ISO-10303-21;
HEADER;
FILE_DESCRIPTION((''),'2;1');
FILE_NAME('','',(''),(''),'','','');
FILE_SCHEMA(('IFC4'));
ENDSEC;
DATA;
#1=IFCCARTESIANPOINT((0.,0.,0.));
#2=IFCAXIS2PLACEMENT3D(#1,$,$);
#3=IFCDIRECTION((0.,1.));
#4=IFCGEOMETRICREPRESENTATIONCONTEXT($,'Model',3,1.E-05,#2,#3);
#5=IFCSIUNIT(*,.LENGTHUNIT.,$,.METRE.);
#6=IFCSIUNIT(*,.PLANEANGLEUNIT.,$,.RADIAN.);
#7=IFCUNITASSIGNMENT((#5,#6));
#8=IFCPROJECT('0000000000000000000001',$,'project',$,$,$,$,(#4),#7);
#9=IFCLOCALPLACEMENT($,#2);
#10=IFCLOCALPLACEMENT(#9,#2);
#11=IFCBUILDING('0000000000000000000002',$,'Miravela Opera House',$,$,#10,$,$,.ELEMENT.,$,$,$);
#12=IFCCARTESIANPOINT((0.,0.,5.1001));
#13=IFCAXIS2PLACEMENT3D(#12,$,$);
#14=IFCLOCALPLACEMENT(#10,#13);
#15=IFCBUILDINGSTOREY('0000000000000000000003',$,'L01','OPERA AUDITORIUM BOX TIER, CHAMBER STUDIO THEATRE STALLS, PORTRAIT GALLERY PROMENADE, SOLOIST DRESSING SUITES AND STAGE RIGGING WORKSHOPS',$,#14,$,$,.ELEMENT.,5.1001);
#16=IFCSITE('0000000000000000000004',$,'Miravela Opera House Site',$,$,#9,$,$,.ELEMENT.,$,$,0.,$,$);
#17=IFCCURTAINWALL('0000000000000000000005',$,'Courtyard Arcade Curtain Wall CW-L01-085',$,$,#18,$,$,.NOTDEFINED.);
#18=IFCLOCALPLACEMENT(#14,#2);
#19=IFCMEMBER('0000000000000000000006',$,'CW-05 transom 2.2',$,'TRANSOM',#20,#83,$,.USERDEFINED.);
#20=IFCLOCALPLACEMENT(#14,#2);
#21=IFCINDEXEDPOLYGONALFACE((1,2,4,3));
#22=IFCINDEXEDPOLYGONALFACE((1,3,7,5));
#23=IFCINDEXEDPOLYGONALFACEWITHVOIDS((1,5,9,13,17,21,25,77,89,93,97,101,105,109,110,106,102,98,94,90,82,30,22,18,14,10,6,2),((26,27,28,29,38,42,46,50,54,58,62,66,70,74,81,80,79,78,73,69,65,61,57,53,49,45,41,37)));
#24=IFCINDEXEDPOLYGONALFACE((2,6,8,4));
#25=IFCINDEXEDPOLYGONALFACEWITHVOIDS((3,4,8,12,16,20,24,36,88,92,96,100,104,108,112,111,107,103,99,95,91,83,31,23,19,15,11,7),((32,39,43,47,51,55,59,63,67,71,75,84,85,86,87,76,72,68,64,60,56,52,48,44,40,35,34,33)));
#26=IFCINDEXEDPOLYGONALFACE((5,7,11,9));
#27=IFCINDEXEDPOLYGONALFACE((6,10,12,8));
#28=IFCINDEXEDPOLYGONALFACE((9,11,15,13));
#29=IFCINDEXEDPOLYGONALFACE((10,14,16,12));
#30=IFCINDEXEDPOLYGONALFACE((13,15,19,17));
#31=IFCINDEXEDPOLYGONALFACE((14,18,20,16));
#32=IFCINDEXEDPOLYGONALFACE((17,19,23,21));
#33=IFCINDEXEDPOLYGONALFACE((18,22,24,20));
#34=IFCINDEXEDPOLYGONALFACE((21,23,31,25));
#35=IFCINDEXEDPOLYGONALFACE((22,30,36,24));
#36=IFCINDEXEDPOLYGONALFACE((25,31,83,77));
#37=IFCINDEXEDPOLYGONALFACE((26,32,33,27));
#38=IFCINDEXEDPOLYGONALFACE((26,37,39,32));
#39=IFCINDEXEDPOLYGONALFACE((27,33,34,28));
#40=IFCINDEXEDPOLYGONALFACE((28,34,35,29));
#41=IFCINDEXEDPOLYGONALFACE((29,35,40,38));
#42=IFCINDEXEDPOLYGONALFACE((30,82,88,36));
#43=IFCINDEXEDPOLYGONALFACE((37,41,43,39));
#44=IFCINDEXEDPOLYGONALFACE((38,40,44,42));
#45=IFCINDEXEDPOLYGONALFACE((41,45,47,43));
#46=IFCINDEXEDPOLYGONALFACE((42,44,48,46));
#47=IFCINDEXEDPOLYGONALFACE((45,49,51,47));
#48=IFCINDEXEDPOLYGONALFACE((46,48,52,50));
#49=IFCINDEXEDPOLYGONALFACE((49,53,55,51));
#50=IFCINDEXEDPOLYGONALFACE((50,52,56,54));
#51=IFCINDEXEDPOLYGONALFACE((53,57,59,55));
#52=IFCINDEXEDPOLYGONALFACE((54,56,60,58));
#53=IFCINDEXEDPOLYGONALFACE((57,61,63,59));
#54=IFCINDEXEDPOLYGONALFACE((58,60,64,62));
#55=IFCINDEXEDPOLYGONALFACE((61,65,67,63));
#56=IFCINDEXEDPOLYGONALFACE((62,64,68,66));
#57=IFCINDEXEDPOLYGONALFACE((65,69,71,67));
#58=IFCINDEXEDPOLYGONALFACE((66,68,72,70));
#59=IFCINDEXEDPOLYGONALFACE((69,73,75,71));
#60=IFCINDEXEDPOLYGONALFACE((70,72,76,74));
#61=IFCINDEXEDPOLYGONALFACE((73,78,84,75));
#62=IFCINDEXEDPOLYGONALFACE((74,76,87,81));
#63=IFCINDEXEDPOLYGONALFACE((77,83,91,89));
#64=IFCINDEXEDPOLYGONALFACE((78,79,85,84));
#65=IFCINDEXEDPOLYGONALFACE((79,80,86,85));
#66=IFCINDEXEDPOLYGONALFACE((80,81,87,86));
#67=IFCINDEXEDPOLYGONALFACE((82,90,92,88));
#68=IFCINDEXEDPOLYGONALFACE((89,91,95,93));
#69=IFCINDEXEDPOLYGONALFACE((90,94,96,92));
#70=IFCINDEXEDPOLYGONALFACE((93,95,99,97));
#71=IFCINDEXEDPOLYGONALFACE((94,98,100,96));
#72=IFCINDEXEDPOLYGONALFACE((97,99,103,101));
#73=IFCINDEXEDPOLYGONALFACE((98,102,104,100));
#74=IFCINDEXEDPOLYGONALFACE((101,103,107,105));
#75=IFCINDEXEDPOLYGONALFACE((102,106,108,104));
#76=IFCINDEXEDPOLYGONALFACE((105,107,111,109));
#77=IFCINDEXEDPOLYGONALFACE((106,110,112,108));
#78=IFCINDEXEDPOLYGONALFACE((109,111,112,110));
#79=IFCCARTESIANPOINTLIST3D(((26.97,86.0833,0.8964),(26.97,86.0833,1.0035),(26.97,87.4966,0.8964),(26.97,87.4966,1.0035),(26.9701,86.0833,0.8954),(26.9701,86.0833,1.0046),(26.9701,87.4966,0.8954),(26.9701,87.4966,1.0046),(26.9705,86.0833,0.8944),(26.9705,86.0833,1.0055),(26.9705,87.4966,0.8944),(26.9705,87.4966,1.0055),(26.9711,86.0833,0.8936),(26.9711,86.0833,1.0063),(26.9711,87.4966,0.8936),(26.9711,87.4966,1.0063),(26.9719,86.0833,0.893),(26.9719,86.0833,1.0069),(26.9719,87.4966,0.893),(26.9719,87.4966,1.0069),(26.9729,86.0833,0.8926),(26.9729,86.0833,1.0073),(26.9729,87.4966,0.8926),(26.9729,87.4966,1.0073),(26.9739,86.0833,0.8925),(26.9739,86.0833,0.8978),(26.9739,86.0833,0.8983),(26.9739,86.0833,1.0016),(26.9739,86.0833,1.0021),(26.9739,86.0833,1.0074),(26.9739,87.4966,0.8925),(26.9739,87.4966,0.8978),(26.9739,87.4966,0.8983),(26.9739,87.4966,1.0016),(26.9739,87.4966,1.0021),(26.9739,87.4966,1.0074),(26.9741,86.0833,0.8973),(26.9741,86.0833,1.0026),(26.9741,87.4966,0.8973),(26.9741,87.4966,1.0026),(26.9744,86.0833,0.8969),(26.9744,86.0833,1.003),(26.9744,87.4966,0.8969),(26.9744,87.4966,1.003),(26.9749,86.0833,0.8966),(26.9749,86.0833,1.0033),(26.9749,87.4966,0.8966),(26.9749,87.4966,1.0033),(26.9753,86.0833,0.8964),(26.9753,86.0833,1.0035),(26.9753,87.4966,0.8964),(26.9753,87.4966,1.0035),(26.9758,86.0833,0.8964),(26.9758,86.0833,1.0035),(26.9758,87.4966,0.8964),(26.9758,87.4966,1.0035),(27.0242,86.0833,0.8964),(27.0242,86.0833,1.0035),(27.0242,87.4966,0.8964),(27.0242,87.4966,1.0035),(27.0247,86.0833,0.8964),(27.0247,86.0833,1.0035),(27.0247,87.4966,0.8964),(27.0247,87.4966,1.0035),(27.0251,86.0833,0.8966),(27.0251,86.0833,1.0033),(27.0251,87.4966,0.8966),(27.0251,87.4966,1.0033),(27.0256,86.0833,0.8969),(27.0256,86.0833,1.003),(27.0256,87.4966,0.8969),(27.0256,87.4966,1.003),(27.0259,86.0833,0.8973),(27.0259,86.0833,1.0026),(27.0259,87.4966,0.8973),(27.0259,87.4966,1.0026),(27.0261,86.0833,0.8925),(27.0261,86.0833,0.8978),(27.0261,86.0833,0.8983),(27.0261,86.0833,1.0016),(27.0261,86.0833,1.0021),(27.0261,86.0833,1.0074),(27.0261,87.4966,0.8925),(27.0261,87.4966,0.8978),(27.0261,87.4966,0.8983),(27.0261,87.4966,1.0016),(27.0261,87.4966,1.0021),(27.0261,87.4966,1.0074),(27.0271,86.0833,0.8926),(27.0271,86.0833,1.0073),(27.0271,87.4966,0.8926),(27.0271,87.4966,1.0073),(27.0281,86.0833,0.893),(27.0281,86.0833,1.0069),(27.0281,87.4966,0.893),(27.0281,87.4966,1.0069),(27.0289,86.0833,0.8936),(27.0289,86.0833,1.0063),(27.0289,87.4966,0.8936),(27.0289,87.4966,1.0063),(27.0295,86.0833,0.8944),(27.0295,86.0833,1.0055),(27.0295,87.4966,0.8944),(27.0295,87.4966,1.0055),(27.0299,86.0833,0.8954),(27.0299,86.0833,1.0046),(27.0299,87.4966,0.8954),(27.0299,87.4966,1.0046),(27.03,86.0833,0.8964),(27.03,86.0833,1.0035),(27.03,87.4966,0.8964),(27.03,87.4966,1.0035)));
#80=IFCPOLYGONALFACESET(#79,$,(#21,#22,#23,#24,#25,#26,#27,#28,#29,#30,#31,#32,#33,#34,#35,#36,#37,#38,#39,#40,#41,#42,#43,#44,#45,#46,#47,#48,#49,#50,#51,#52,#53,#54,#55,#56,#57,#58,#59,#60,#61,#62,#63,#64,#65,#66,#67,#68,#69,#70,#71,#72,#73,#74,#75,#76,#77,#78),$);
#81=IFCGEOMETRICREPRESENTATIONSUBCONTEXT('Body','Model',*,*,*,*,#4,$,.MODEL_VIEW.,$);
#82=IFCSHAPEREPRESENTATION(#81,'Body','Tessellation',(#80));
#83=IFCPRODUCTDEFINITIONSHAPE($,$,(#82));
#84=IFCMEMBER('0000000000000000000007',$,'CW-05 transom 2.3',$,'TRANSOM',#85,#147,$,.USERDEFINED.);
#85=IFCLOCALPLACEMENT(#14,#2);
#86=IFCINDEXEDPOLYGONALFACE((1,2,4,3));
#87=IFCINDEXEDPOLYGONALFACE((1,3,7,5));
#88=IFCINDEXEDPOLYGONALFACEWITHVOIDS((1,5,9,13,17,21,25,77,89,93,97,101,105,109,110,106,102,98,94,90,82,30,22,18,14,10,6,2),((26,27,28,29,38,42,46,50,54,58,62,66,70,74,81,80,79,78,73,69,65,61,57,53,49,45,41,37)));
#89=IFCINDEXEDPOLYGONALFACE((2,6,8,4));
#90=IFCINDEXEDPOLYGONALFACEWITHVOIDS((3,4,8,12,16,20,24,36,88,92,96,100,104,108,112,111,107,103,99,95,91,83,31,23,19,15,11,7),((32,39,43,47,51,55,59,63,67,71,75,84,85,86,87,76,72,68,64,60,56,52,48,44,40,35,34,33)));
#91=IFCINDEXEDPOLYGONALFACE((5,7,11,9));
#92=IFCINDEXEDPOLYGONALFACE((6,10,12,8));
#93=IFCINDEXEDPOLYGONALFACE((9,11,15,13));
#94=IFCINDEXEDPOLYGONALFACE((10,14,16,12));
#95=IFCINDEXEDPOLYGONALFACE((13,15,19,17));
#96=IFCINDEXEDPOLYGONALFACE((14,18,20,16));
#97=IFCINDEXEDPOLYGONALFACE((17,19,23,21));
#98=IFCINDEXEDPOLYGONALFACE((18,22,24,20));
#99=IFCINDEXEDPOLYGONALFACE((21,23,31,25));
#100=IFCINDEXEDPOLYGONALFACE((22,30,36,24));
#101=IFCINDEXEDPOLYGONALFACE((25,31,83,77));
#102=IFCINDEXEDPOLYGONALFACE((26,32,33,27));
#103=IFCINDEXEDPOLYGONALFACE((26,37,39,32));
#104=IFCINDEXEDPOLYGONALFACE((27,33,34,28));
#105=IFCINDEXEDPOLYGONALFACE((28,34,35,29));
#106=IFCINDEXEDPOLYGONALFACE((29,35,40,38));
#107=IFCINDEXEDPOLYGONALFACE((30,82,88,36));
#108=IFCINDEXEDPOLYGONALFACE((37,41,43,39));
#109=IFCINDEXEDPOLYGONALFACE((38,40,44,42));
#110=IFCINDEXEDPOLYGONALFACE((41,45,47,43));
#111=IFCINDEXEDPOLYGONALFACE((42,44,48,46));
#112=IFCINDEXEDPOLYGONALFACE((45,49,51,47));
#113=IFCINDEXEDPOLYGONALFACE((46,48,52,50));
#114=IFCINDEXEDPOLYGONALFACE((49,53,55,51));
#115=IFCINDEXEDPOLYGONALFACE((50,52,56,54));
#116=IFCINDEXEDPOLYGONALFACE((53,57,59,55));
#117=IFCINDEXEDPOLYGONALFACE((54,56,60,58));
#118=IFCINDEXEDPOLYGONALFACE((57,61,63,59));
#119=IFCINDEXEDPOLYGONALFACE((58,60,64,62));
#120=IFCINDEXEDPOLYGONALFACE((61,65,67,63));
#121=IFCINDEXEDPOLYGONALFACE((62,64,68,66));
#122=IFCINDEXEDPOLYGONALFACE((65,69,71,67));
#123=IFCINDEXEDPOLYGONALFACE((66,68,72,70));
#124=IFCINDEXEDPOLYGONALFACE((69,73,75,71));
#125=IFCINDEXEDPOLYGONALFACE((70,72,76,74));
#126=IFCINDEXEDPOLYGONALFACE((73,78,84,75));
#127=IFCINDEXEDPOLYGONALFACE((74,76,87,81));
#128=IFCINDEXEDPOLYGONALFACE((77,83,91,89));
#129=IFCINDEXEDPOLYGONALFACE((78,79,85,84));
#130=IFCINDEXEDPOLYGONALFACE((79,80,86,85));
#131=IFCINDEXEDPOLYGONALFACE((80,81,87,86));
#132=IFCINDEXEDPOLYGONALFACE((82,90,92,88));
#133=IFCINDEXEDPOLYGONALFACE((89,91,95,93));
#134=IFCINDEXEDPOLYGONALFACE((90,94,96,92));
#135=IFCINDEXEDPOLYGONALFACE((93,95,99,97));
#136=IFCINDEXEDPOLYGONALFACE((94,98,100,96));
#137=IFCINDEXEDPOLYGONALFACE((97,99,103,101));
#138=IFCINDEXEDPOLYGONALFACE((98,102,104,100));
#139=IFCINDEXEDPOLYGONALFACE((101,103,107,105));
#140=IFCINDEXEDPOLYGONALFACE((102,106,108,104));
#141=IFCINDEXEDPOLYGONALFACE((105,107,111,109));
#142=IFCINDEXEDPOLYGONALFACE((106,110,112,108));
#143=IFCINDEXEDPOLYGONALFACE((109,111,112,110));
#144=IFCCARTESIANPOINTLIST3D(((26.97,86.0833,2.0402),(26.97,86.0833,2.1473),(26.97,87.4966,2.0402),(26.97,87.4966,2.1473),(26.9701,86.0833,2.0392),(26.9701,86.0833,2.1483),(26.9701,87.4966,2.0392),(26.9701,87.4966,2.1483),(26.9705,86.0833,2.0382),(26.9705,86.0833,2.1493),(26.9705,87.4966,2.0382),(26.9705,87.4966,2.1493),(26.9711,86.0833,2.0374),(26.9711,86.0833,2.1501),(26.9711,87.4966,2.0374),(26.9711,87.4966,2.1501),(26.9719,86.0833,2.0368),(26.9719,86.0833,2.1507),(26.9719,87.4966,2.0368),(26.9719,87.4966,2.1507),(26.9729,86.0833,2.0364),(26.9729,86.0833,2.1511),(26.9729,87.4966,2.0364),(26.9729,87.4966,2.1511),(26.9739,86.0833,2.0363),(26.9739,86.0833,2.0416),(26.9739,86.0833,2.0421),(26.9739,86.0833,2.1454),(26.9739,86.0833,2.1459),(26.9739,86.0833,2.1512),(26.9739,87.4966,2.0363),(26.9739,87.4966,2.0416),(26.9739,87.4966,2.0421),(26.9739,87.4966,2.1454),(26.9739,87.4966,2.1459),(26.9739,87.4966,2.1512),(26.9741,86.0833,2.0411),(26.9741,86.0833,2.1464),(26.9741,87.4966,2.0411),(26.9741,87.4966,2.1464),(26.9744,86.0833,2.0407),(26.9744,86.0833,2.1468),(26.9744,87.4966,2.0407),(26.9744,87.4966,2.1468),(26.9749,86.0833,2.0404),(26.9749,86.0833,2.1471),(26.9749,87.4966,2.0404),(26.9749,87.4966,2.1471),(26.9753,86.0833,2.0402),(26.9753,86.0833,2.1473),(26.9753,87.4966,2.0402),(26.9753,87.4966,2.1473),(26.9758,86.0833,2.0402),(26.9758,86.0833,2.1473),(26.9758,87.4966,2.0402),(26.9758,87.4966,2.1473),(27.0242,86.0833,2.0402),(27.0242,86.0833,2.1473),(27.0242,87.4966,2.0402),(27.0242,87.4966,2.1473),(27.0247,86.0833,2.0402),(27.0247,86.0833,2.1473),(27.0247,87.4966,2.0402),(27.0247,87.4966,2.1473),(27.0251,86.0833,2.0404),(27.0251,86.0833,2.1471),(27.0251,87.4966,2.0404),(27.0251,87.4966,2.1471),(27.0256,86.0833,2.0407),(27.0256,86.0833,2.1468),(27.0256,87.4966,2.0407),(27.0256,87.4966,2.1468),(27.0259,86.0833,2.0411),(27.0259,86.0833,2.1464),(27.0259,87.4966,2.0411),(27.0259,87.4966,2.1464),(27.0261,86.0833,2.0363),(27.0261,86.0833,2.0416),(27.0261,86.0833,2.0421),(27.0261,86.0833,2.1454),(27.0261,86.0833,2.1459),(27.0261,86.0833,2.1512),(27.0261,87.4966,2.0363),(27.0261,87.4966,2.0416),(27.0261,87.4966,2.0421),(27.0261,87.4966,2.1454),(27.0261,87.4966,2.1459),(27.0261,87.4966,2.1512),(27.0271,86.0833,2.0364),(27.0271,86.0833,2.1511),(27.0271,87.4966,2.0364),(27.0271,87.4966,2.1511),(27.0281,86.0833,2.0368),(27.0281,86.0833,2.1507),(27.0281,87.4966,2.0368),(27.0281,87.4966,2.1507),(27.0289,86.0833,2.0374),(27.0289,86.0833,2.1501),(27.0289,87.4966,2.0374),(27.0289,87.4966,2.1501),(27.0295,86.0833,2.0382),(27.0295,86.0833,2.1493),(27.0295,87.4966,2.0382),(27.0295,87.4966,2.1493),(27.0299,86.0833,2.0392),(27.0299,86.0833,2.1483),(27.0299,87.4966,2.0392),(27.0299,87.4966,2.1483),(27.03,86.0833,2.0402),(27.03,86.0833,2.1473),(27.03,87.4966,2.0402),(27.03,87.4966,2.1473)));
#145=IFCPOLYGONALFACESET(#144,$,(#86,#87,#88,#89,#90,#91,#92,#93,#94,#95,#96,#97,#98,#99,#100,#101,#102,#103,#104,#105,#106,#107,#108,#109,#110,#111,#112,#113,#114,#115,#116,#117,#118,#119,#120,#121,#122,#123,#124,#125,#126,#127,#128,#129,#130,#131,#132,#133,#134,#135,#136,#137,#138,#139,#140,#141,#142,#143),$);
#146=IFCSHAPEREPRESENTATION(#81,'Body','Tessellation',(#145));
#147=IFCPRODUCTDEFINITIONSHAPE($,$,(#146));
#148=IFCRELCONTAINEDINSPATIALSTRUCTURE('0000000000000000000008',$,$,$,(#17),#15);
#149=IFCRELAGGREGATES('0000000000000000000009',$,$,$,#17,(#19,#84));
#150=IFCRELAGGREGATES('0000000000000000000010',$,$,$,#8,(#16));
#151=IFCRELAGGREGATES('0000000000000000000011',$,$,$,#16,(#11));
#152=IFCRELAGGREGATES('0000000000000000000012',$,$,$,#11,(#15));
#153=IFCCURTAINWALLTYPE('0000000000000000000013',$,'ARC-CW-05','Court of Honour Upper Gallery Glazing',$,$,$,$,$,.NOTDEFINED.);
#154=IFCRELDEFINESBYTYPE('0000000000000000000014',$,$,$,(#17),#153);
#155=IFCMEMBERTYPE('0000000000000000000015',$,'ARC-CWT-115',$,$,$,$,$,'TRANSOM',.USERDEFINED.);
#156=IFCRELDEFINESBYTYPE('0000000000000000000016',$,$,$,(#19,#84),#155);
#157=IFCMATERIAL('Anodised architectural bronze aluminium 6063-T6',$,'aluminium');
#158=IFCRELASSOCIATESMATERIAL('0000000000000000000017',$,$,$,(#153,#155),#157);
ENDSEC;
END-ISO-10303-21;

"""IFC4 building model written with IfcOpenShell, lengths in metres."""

from ifc_helpers import new_model, si_unit, direction, frame, origin, origin_2d, place, context, subcontext, project, spatial, hollow_rectangle, extrude, material, material_profile, profile_set, type_object, element, aggregate, save


model = new_model("IFC4")

# Units and contexts
model_context = context("Model", 3, precision=1e-05, world=origin(), true_north=direction((0.0, 1.0)))
body_context = subcontext(model_context, "Body", "Model", "MODEL_VIEW")
ifc_project = project(units=[si_unit("LENGTHUNIT", "METRE"), si_unit("PLANEANGLEUNIT", "RADIAN")], contexts=[model_context])

# Site, building, storey
site_placement = place(None, origin())
site = spatial("IfcSite", under=ifc_project, at=site_placement, Name="Miravela Opera House Site", CompositionType="ELEMENT", RefElevation=0.0)
building_placement = place(site_placement, origin())
building = spatial("IfcBuilding", under=site, at=building_placement, Name="Miravela Opera House", CompositionType="ELEMENT")
storey_placement = place(building_placement, frame((0.0, 0.0, 5.1001)))
storey = spatial("IfcBuildingStorey", under=building, at=storey_placement, Name="L01", Description="OPERA AUDITORIUM BOX TIER, CHAMBER STUDIO THEATRE STALLS, PORTRAIT GALLERY PROMENADE, SOLOIST DRESSING SUITES AND STAGE RIGGING WORKSHOPS", CompositionType="ELEMENT", Elevation=5.1001)

# Curtain wall, members
ifc_material_1 = material(Name="Anodised architectural bronze aluminium 6063-T6", Category="aluminium")
curtain_wall_type = type_object("IfcCurtainWallType", Name="ARC-CW-05", Description="Court of Honour Upper Gallery Glazing", PredefinedType="NOTDEFINED", material=ifc_material_1)
curtain_wall_placement = place(storey_placement, origin())
curtain_wall = element("IfcCurtainWall", 1, at=curtain_wall_placement, inside=storey, type_object=curtain_wall_type, Name="Courtyard Arcade Curtain Wall CW-L01-085", PredefinedType="NOTDEFINED")
ifc_material_profile_1 = material_profile(ifc_material_1, hollow_rectangle(XDim=0.0601, YDim=0.115, WallThickness=0.0039, InnerFilletRadius=0.002, OuterFilletRadius=0.0039, at=origin_2d()), Name="CWT-60X115")
ifc_profile_set_1 = profile_set([ifc_material_profile_1])
member_type_1 = type_object("IfcMemberType", Name="ARC-CWT-115", ElementType="TRANSOM", PredefinedType="USERDEFINED", material=ifc_profile_set_1)
member_1_placement = place(storey_placement, frame((27.0, 86.0833, 0.95), z_axis=(0.0, 1.0, 0.0), x_axis=(-1.0, 0.0, 0.0)))
member_1 = element("IfcMember", 2, at=member_1_placement, type_object=member_type_1, Name="CW-05 transom 2.2", ObjectType="TRANSOM", PredefinedType="USERDEFINED", context=body_context, shape_type="SweptSolid", body=[
    extrude(hollow_rectangle(XDim=0.0601, YDim=0.115, WallThickness=0.0039, InnerFilletRadius=0.002, OuterFilletRadius=0.0039, at=origin_2d()), origin(), (0.0, 0.0, 1.0), 1.4133),
])
member_2_placement = place(storey_placement, frame((27.0, 86.0833, 2.0938), z_axis=(0.0, 1.0, 0.0), x_axis=(-1.0, 0.0, 0.0)))
member_2 = element("IfcMember", 3, at=member_2_placement, type_object=member_type_1, Name="CW-05 transom 2.3", ObjectType="TRANSOM", PredefinedType="USERDEFINED", context=body_context, shape_type="SweptSolid", body=[
    extrude(hollow_rectangle(XDim=0.0601, YDim=0.115, WallThickness=0.0039, InnerFilletRadius=0.002, OuterFilletRadius=0.0039, at=origin_2d()), origin(), (0.0, 0.0, 1.0), 1.4133),
])

aggregate(curtain_wall, [member_1, member_2])

save(model, "model.ifc")
